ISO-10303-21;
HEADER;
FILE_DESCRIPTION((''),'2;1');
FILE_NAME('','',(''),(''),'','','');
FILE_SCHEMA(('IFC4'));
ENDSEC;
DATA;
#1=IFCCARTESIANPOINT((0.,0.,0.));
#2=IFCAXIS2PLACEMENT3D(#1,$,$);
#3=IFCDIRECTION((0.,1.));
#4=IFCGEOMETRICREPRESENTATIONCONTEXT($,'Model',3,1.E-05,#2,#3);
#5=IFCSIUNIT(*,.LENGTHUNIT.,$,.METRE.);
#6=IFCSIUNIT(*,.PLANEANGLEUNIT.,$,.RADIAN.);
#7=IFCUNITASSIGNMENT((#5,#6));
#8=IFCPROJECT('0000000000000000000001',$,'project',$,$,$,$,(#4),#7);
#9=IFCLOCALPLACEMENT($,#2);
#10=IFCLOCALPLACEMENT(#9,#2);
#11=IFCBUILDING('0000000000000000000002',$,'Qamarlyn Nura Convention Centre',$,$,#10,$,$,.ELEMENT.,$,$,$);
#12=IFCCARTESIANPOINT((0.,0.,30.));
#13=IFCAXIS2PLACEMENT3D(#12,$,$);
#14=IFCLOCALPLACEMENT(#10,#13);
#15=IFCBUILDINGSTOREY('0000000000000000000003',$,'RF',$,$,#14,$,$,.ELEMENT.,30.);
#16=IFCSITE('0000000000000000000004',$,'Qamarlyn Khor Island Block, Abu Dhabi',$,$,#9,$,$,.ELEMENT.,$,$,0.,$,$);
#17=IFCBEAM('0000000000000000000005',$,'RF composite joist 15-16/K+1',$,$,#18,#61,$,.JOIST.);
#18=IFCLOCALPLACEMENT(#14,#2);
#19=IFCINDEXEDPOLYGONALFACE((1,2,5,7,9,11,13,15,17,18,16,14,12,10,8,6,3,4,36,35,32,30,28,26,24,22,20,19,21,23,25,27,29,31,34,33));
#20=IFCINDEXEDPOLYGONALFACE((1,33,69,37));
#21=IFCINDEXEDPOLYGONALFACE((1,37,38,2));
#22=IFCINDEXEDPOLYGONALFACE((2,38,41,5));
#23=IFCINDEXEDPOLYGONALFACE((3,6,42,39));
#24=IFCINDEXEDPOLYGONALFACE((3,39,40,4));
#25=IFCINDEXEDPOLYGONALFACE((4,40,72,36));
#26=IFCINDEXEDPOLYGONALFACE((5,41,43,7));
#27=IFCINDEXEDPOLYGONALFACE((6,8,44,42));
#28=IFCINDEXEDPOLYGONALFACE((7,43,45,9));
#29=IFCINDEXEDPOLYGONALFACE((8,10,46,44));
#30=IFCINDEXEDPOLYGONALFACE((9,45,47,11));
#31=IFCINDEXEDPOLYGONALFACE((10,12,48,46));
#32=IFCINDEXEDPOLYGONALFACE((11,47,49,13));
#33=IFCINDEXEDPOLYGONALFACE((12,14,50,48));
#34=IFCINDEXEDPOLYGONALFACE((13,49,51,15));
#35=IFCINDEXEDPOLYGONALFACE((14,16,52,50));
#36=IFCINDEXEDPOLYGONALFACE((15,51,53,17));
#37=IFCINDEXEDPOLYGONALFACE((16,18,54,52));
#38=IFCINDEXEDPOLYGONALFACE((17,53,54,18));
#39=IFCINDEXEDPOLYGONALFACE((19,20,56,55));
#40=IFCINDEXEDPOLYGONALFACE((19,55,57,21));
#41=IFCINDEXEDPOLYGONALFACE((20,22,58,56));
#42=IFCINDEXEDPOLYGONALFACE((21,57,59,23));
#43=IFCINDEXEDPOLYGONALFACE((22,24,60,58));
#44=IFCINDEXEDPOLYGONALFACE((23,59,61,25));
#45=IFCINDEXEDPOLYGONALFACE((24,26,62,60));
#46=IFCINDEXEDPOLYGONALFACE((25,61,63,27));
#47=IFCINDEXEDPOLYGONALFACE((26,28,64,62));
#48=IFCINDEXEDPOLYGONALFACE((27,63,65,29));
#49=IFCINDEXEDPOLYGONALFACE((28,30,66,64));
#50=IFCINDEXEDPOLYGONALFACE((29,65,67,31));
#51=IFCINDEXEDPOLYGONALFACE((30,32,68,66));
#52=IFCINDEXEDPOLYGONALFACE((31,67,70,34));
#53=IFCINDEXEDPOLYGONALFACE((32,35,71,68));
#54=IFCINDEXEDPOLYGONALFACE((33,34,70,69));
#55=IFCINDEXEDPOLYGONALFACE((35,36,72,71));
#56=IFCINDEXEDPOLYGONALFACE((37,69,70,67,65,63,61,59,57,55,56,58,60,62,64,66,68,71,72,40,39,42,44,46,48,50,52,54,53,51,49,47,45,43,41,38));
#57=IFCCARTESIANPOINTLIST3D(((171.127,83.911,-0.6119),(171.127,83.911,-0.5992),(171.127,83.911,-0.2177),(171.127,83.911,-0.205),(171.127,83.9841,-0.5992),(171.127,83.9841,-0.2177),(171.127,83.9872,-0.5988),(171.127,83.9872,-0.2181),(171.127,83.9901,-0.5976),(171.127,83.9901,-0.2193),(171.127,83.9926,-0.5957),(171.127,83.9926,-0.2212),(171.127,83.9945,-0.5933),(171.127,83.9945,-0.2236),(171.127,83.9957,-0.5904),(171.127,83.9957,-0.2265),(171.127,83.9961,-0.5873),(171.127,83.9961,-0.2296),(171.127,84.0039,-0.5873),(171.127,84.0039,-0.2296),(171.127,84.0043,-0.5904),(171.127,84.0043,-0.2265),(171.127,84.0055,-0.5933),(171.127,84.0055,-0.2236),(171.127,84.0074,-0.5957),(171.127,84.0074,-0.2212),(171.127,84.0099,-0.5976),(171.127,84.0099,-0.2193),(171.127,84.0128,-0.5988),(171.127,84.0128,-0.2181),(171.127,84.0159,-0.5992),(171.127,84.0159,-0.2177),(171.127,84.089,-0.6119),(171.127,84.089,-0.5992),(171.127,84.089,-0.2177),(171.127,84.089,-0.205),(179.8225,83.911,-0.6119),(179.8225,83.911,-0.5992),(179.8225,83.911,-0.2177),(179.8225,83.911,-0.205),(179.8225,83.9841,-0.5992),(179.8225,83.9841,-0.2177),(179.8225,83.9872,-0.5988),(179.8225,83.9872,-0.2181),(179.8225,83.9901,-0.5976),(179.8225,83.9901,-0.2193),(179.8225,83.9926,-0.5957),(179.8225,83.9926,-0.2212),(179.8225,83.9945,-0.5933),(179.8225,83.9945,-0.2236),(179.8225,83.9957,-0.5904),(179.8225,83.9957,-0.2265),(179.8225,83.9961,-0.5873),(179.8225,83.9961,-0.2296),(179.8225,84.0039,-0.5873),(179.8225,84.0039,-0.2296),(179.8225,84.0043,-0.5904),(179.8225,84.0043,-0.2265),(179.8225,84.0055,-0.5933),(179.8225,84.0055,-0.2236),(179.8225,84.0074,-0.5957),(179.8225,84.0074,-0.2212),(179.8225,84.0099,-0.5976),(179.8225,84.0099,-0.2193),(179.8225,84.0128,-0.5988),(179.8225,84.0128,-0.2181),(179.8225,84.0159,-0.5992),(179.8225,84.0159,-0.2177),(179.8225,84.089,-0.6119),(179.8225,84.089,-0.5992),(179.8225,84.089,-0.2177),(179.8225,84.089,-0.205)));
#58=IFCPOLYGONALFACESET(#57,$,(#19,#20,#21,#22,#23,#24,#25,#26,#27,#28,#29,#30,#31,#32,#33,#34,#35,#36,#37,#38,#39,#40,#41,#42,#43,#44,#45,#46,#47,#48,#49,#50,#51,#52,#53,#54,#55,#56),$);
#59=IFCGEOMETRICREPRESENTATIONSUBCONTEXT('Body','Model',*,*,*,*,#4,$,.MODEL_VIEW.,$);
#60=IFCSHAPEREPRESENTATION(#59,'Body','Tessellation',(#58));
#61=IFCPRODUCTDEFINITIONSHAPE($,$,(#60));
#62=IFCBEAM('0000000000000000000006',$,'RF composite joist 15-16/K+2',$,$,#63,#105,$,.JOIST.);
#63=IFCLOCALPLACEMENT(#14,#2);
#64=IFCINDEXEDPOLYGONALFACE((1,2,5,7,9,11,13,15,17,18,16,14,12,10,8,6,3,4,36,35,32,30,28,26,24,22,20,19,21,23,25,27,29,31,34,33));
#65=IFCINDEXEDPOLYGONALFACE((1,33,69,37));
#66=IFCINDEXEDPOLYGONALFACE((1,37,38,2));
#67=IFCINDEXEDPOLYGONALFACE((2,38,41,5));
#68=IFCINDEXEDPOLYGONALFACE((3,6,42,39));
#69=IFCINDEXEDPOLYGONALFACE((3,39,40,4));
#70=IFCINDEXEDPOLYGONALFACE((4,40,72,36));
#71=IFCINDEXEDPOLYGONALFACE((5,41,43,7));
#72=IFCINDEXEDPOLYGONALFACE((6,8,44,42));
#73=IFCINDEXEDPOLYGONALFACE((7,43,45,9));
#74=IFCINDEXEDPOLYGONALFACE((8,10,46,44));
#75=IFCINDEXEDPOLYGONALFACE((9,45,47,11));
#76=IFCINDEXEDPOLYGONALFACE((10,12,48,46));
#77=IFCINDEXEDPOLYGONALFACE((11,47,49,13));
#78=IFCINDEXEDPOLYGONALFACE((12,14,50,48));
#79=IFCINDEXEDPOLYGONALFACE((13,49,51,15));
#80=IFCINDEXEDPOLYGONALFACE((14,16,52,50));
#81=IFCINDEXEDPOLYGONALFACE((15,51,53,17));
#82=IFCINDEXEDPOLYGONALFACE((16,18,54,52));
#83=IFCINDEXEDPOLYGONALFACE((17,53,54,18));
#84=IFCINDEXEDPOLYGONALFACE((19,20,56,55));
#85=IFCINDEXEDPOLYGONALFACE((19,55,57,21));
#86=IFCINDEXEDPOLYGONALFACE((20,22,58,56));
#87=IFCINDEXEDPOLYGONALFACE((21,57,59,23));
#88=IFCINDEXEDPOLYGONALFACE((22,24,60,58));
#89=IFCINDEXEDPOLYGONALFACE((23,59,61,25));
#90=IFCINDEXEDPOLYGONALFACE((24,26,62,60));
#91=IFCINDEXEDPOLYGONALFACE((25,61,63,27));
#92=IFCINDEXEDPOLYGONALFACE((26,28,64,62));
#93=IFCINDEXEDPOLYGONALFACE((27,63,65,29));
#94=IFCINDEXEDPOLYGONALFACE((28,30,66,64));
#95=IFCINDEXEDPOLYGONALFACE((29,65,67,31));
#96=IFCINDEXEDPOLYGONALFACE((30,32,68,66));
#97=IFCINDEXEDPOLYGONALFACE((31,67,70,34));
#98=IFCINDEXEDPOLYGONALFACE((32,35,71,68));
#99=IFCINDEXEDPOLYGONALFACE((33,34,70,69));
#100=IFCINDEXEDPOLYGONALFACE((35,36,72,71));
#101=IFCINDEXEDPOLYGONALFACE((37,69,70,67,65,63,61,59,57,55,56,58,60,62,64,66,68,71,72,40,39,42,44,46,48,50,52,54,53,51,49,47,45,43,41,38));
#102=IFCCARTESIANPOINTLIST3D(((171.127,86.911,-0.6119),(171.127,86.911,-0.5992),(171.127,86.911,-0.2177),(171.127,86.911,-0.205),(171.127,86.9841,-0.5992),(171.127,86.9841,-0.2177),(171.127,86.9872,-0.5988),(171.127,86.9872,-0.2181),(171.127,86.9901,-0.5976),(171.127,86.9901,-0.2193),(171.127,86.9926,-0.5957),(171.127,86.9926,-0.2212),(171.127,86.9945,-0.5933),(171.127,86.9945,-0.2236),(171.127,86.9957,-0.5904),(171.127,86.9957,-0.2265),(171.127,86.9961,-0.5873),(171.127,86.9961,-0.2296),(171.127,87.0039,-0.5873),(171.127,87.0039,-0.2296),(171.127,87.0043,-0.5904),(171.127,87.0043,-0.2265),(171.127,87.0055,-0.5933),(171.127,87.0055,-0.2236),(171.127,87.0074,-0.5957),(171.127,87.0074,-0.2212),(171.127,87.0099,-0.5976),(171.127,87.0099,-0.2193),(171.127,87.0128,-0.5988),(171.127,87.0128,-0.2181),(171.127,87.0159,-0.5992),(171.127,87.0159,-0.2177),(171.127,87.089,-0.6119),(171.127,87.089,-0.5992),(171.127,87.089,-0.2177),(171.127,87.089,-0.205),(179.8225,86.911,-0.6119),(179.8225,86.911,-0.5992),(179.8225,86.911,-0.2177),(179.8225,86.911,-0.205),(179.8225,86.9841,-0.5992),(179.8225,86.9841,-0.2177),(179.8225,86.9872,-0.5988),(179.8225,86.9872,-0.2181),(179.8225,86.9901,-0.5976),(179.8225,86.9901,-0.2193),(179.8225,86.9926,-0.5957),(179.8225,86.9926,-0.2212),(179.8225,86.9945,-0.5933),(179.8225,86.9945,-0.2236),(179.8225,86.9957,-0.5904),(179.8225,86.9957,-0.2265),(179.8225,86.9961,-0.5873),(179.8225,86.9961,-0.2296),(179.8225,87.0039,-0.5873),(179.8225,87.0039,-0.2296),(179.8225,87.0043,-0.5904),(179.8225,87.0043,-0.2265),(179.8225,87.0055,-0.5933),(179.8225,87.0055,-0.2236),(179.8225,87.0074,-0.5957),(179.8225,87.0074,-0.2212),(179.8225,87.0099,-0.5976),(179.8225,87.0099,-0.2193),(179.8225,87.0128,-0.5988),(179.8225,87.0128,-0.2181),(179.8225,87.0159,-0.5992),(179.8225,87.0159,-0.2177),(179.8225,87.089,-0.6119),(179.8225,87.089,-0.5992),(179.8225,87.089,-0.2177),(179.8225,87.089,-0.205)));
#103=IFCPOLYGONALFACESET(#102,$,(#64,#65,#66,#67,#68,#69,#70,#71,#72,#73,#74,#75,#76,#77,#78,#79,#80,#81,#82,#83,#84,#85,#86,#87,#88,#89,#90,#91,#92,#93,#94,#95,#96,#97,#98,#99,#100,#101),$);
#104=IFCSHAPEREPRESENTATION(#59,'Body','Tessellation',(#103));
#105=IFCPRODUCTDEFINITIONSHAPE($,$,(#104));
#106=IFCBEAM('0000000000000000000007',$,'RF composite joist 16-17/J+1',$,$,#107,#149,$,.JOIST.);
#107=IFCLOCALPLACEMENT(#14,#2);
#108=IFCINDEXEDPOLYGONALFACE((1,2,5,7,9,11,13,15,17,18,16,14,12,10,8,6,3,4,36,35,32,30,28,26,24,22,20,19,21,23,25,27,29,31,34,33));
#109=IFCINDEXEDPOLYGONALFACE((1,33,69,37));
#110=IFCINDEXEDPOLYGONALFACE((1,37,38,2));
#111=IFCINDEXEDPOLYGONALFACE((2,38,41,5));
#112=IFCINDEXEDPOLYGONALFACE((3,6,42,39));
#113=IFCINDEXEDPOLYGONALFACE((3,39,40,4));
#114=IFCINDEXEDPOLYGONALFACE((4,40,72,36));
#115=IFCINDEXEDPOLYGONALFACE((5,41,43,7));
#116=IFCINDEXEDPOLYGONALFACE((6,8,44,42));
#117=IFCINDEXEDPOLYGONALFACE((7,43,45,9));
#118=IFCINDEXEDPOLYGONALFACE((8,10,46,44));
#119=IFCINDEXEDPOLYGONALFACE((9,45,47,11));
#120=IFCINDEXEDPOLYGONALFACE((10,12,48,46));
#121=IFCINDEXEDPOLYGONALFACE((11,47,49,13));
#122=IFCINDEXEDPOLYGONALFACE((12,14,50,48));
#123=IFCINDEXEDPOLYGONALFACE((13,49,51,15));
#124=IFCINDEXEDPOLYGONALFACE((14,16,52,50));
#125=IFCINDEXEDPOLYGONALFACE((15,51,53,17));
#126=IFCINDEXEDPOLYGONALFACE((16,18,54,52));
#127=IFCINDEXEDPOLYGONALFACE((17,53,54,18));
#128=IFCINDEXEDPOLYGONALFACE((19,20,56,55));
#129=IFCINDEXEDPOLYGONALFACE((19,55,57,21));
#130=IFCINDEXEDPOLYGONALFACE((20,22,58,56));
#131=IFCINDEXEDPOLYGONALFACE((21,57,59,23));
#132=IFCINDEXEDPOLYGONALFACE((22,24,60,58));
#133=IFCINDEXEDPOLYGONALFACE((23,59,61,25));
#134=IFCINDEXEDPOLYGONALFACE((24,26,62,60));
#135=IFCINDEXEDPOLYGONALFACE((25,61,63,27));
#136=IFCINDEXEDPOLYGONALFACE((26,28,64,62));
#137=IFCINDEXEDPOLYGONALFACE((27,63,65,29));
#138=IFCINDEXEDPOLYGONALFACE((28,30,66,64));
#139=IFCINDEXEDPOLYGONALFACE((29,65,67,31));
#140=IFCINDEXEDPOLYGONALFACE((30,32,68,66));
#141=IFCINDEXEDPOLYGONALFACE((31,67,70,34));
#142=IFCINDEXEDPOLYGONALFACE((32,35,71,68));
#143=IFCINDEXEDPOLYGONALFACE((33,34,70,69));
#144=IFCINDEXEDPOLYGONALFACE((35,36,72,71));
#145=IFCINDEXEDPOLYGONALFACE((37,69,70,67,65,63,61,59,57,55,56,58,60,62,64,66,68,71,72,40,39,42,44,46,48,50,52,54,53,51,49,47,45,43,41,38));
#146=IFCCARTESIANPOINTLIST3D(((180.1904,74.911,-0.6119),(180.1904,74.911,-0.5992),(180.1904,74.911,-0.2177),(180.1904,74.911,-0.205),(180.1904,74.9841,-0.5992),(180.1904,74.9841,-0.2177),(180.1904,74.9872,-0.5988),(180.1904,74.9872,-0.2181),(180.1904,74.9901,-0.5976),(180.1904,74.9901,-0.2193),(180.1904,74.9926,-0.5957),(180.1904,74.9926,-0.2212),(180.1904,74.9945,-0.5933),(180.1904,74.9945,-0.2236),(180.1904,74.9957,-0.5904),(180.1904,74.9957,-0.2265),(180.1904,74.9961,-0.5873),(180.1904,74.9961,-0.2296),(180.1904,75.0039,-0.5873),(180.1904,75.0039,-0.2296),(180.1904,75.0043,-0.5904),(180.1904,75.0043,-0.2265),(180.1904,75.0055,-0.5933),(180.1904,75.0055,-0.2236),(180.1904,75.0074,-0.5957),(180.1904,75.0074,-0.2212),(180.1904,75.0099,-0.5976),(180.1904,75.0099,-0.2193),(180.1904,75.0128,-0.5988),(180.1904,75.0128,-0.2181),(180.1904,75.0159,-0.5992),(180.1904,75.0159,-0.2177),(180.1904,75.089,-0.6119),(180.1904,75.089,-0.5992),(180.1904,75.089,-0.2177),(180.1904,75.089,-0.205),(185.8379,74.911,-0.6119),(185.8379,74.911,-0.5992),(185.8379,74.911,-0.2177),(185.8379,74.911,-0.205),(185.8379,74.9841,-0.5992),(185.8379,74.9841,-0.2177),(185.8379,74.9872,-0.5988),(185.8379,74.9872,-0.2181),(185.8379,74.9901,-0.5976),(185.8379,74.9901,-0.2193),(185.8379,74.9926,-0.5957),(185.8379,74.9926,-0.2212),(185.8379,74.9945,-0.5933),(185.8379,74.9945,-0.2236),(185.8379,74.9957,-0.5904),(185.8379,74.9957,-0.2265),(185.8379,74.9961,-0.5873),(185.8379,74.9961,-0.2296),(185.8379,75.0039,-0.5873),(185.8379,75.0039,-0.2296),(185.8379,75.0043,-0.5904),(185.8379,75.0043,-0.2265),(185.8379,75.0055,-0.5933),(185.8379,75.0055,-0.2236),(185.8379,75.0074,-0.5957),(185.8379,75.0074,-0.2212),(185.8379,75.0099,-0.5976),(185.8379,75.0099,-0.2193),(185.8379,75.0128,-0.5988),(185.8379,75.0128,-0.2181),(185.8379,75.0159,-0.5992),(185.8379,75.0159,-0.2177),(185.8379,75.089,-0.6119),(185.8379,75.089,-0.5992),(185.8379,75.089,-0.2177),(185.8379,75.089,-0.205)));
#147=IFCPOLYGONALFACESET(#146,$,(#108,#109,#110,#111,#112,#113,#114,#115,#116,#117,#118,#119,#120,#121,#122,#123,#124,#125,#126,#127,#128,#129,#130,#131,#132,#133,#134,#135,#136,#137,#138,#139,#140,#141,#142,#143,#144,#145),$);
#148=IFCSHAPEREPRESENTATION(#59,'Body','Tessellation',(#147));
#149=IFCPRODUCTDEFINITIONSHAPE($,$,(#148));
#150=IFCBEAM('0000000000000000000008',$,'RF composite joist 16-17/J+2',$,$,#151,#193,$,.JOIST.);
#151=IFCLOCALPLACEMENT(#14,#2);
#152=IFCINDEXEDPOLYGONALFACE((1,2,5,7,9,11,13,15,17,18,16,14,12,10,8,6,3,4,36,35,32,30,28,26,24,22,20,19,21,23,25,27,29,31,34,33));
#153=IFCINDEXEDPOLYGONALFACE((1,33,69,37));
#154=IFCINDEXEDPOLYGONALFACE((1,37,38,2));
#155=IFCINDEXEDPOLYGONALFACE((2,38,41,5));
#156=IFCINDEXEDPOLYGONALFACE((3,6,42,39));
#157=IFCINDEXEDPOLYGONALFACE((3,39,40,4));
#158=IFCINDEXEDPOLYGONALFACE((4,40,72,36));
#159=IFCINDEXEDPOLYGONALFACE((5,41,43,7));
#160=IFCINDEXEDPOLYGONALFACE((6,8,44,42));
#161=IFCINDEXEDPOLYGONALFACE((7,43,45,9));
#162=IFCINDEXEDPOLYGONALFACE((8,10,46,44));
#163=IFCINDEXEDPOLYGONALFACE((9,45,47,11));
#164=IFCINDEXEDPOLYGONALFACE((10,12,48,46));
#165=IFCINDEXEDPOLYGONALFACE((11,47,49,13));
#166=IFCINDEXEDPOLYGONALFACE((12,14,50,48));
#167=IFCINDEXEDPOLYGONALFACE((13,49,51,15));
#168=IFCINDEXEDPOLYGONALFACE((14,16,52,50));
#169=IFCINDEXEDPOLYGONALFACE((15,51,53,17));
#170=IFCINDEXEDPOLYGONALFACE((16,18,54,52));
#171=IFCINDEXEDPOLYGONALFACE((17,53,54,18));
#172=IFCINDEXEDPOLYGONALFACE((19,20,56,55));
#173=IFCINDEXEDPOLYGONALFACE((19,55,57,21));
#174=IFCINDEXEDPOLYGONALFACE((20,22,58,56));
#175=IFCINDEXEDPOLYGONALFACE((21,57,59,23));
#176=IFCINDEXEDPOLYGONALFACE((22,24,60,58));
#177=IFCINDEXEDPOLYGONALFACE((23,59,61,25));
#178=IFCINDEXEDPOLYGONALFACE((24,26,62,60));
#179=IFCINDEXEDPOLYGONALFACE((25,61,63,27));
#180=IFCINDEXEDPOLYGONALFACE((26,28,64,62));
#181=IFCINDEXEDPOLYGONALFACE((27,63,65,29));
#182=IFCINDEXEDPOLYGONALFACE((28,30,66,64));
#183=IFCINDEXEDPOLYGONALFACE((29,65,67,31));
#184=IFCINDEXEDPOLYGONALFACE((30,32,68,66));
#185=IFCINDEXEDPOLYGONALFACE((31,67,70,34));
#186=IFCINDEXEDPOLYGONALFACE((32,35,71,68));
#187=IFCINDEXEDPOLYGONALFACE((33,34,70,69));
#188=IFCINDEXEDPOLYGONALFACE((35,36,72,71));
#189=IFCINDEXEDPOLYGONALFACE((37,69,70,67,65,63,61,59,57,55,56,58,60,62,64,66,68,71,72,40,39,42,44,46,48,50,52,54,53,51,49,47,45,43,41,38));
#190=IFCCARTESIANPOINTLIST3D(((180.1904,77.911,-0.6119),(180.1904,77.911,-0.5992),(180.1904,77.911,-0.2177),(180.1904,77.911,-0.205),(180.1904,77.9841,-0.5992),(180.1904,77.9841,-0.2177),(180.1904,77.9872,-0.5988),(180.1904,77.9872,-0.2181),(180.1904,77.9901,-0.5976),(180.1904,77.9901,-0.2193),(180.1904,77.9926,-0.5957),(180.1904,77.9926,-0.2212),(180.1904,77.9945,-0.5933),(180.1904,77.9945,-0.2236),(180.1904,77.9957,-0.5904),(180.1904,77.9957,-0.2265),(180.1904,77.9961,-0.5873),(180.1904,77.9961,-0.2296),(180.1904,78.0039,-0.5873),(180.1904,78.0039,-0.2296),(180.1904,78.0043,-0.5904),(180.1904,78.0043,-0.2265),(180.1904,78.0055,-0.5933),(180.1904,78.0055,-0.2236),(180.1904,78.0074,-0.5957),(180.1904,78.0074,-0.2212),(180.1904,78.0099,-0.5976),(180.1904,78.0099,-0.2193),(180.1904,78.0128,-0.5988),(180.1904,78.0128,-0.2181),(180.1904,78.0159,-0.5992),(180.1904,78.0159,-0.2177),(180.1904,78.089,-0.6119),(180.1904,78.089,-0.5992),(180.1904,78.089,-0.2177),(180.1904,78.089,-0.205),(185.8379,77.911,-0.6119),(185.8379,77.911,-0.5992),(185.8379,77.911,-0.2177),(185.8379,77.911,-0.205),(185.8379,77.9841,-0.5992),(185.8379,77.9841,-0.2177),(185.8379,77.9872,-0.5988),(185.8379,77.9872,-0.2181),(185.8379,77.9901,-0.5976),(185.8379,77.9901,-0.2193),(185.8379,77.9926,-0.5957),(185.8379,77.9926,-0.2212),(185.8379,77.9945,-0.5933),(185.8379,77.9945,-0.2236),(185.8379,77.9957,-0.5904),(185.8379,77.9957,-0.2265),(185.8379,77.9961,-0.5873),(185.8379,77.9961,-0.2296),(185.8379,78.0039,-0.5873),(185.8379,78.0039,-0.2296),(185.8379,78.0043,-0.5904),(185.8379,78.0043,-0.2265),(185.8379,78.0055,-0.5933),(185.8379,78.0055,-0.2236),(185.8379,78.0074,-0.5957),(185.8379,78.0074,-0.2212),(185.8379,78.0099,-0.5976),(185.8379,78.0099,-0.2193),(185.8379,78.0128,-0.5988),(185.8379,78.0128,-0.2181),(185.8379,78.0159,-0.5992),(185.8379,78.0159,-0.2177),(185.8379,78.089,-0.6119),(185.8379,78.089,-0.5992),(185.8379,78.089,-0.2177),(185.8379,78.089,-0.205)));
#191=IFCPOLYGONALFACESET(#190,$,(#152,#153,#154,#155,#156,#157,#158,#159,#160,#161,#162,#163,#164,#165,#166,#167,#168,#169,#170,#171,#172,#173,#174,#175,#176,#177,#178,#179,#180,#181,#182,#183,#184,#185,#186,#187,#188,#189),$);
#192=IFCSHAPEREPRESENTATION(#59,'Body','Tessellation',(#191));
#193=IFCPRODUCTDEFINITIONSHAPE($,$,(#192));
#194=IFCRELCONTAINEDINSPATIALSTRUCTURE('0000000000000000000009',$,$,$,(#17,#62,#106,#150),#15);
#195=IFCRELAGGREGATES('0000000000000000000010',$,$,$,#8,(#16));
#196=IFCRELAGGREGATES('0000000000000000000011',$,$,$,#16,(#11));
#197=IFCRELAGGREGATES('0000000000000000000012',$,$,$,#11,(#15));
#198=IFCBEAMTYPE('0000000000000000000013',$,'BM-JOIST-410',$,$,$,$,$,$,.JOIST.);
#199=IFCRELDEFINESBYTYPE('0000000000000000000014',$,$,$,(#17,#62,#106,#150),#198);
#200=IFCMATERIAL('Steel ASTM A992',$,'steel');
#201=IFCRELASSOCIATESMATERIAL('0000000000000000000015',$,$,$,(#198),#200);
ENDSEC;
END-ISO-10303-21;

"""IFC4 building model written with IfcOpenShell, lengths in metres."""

from ifc_helpers import new_model, si_unit, direction, frame, origin, origin_2d, place, context, subcontext, project, spatial, i_section, extrude, material, material_profile, profile_set, type_object, element, save


model = new_model("IFC4")

# Units and contexts
model_context = context("Model", 3, precision=1e-05, world=origin(), true_north=direction((0.0, 1.0)))
body_context = subcontext(model_context, "Body", "Model", "MODEL_VIEW")
ifc_project = project(units=[si_unit("LENGTHUNIT", "METRE"), si_unit("PLANEANGLEUNIT", "RADIAN")], contexts=[model_context])

# Site, building, storey
site_placement = place(None, origin())
site = spatial("IfcSite", under=ifc_project, at=site_placement, Name="Qamarlyn Khor Island Block, Abu Dhabi", CompositionType="ELEMENT", RefElevation=0.0)
building_placement = place(site_placement, origin())
building = spatial("IfcBuilding", under=site, at=building_placement, Name="Qamarlyn Nura Convention Centre", CompositionType="ELEMENT")
storey_placement = place(building_placement, frame((0.0, 0.0, 30.0)))
storey = spatial("IfcBuildingStorey", under=building, at=storey_placement, Name="RF", CompositionType="ELEMENT", Elevation=30.0)

# Beams
ifc_material_1 = material(Name="Steel ASTM A992", Category="steel")
ifc_material_profile_1 = material_profile(ifc_material_1, i_section(OverallWidth=0.178, OverallDepth=0.407, WebThickness=0.0078, FlangeThickness=0.0127, FilletRadius=0.012, at=origin_2d()), Name="W410X60")
ifc_profile_set_1 = profile_set([ifc_material_profile_1], Name="Steel ASTM A992")
beam_type_1 = type_object("IfcBeamType", Name="BM-JOIST-410", PredefinedType="JOIST", material=ifc_profile_set_1)
for number, where, z_axis, x_axis, name in (
    (1, (171.127, 84.0, -0.4084), (1.0, 0.0, 0.0), (0.0, 1.0, 0.0), "RF composite joist 15-16/K+1"),
    (2, (171.127, 87.0, -0.4084), (1.0, 0.0, 0.0), (0.0, 1.0, 0.0), "RF composite joist 15-16/K+2"),
):
    element("IfcBeam", number, at=place(storey_placement, frame(where, z_axis=z_axis, x_axis=x_axis)), inside=storey, type_object=beam_type_1, Name=name, PredefinedType="JOIST", context=body_context, shape_type="SweptSolid", body=[
        extrude(i_section(OverallWidth=0.178, OverallDepth=0.407, WebThickness=0.0078, FlangeThickness=0.0127, FilletRadius=0.012, at=origin_2d()), origin(), (0.0, 0.0, 1.0), 8.6956),
    ])
for number, where, z_axis, x_axis, name in (
    (3, (180.1904, 75.0, -0.4084), (1.0, 0.0, 0.0), (0.0, 1.0, 0.0), "RF composite joist 16-17/J+1"),
    (4, (180.1904, 78.0, -0.4084), (1.0, 0.0, 0.0), (0.0, 1.0, 0.0), "RF composite joist 16-17/J+2"),
):
    element("IfcBeam", number, at=place(storey_placement, frame(where, z_axis=z_axis, x_axis=x_axis)), inside=storey, type_object=beam_type_1, Name=name, PredefinedType="JOIST", context=body_context, shape_type="SweptSolid", body=[
        extrude(i_section(OverallWidth=0.178, OverallDepth=0.407, WebThickness=0.0078, FlangeThickness=0.0127, FilletRadius=0.012, at=origin_2d()), origin(), (0.0, 0.0, 1.0), 5.6475),
    ])

save(model, "model.ifc")
